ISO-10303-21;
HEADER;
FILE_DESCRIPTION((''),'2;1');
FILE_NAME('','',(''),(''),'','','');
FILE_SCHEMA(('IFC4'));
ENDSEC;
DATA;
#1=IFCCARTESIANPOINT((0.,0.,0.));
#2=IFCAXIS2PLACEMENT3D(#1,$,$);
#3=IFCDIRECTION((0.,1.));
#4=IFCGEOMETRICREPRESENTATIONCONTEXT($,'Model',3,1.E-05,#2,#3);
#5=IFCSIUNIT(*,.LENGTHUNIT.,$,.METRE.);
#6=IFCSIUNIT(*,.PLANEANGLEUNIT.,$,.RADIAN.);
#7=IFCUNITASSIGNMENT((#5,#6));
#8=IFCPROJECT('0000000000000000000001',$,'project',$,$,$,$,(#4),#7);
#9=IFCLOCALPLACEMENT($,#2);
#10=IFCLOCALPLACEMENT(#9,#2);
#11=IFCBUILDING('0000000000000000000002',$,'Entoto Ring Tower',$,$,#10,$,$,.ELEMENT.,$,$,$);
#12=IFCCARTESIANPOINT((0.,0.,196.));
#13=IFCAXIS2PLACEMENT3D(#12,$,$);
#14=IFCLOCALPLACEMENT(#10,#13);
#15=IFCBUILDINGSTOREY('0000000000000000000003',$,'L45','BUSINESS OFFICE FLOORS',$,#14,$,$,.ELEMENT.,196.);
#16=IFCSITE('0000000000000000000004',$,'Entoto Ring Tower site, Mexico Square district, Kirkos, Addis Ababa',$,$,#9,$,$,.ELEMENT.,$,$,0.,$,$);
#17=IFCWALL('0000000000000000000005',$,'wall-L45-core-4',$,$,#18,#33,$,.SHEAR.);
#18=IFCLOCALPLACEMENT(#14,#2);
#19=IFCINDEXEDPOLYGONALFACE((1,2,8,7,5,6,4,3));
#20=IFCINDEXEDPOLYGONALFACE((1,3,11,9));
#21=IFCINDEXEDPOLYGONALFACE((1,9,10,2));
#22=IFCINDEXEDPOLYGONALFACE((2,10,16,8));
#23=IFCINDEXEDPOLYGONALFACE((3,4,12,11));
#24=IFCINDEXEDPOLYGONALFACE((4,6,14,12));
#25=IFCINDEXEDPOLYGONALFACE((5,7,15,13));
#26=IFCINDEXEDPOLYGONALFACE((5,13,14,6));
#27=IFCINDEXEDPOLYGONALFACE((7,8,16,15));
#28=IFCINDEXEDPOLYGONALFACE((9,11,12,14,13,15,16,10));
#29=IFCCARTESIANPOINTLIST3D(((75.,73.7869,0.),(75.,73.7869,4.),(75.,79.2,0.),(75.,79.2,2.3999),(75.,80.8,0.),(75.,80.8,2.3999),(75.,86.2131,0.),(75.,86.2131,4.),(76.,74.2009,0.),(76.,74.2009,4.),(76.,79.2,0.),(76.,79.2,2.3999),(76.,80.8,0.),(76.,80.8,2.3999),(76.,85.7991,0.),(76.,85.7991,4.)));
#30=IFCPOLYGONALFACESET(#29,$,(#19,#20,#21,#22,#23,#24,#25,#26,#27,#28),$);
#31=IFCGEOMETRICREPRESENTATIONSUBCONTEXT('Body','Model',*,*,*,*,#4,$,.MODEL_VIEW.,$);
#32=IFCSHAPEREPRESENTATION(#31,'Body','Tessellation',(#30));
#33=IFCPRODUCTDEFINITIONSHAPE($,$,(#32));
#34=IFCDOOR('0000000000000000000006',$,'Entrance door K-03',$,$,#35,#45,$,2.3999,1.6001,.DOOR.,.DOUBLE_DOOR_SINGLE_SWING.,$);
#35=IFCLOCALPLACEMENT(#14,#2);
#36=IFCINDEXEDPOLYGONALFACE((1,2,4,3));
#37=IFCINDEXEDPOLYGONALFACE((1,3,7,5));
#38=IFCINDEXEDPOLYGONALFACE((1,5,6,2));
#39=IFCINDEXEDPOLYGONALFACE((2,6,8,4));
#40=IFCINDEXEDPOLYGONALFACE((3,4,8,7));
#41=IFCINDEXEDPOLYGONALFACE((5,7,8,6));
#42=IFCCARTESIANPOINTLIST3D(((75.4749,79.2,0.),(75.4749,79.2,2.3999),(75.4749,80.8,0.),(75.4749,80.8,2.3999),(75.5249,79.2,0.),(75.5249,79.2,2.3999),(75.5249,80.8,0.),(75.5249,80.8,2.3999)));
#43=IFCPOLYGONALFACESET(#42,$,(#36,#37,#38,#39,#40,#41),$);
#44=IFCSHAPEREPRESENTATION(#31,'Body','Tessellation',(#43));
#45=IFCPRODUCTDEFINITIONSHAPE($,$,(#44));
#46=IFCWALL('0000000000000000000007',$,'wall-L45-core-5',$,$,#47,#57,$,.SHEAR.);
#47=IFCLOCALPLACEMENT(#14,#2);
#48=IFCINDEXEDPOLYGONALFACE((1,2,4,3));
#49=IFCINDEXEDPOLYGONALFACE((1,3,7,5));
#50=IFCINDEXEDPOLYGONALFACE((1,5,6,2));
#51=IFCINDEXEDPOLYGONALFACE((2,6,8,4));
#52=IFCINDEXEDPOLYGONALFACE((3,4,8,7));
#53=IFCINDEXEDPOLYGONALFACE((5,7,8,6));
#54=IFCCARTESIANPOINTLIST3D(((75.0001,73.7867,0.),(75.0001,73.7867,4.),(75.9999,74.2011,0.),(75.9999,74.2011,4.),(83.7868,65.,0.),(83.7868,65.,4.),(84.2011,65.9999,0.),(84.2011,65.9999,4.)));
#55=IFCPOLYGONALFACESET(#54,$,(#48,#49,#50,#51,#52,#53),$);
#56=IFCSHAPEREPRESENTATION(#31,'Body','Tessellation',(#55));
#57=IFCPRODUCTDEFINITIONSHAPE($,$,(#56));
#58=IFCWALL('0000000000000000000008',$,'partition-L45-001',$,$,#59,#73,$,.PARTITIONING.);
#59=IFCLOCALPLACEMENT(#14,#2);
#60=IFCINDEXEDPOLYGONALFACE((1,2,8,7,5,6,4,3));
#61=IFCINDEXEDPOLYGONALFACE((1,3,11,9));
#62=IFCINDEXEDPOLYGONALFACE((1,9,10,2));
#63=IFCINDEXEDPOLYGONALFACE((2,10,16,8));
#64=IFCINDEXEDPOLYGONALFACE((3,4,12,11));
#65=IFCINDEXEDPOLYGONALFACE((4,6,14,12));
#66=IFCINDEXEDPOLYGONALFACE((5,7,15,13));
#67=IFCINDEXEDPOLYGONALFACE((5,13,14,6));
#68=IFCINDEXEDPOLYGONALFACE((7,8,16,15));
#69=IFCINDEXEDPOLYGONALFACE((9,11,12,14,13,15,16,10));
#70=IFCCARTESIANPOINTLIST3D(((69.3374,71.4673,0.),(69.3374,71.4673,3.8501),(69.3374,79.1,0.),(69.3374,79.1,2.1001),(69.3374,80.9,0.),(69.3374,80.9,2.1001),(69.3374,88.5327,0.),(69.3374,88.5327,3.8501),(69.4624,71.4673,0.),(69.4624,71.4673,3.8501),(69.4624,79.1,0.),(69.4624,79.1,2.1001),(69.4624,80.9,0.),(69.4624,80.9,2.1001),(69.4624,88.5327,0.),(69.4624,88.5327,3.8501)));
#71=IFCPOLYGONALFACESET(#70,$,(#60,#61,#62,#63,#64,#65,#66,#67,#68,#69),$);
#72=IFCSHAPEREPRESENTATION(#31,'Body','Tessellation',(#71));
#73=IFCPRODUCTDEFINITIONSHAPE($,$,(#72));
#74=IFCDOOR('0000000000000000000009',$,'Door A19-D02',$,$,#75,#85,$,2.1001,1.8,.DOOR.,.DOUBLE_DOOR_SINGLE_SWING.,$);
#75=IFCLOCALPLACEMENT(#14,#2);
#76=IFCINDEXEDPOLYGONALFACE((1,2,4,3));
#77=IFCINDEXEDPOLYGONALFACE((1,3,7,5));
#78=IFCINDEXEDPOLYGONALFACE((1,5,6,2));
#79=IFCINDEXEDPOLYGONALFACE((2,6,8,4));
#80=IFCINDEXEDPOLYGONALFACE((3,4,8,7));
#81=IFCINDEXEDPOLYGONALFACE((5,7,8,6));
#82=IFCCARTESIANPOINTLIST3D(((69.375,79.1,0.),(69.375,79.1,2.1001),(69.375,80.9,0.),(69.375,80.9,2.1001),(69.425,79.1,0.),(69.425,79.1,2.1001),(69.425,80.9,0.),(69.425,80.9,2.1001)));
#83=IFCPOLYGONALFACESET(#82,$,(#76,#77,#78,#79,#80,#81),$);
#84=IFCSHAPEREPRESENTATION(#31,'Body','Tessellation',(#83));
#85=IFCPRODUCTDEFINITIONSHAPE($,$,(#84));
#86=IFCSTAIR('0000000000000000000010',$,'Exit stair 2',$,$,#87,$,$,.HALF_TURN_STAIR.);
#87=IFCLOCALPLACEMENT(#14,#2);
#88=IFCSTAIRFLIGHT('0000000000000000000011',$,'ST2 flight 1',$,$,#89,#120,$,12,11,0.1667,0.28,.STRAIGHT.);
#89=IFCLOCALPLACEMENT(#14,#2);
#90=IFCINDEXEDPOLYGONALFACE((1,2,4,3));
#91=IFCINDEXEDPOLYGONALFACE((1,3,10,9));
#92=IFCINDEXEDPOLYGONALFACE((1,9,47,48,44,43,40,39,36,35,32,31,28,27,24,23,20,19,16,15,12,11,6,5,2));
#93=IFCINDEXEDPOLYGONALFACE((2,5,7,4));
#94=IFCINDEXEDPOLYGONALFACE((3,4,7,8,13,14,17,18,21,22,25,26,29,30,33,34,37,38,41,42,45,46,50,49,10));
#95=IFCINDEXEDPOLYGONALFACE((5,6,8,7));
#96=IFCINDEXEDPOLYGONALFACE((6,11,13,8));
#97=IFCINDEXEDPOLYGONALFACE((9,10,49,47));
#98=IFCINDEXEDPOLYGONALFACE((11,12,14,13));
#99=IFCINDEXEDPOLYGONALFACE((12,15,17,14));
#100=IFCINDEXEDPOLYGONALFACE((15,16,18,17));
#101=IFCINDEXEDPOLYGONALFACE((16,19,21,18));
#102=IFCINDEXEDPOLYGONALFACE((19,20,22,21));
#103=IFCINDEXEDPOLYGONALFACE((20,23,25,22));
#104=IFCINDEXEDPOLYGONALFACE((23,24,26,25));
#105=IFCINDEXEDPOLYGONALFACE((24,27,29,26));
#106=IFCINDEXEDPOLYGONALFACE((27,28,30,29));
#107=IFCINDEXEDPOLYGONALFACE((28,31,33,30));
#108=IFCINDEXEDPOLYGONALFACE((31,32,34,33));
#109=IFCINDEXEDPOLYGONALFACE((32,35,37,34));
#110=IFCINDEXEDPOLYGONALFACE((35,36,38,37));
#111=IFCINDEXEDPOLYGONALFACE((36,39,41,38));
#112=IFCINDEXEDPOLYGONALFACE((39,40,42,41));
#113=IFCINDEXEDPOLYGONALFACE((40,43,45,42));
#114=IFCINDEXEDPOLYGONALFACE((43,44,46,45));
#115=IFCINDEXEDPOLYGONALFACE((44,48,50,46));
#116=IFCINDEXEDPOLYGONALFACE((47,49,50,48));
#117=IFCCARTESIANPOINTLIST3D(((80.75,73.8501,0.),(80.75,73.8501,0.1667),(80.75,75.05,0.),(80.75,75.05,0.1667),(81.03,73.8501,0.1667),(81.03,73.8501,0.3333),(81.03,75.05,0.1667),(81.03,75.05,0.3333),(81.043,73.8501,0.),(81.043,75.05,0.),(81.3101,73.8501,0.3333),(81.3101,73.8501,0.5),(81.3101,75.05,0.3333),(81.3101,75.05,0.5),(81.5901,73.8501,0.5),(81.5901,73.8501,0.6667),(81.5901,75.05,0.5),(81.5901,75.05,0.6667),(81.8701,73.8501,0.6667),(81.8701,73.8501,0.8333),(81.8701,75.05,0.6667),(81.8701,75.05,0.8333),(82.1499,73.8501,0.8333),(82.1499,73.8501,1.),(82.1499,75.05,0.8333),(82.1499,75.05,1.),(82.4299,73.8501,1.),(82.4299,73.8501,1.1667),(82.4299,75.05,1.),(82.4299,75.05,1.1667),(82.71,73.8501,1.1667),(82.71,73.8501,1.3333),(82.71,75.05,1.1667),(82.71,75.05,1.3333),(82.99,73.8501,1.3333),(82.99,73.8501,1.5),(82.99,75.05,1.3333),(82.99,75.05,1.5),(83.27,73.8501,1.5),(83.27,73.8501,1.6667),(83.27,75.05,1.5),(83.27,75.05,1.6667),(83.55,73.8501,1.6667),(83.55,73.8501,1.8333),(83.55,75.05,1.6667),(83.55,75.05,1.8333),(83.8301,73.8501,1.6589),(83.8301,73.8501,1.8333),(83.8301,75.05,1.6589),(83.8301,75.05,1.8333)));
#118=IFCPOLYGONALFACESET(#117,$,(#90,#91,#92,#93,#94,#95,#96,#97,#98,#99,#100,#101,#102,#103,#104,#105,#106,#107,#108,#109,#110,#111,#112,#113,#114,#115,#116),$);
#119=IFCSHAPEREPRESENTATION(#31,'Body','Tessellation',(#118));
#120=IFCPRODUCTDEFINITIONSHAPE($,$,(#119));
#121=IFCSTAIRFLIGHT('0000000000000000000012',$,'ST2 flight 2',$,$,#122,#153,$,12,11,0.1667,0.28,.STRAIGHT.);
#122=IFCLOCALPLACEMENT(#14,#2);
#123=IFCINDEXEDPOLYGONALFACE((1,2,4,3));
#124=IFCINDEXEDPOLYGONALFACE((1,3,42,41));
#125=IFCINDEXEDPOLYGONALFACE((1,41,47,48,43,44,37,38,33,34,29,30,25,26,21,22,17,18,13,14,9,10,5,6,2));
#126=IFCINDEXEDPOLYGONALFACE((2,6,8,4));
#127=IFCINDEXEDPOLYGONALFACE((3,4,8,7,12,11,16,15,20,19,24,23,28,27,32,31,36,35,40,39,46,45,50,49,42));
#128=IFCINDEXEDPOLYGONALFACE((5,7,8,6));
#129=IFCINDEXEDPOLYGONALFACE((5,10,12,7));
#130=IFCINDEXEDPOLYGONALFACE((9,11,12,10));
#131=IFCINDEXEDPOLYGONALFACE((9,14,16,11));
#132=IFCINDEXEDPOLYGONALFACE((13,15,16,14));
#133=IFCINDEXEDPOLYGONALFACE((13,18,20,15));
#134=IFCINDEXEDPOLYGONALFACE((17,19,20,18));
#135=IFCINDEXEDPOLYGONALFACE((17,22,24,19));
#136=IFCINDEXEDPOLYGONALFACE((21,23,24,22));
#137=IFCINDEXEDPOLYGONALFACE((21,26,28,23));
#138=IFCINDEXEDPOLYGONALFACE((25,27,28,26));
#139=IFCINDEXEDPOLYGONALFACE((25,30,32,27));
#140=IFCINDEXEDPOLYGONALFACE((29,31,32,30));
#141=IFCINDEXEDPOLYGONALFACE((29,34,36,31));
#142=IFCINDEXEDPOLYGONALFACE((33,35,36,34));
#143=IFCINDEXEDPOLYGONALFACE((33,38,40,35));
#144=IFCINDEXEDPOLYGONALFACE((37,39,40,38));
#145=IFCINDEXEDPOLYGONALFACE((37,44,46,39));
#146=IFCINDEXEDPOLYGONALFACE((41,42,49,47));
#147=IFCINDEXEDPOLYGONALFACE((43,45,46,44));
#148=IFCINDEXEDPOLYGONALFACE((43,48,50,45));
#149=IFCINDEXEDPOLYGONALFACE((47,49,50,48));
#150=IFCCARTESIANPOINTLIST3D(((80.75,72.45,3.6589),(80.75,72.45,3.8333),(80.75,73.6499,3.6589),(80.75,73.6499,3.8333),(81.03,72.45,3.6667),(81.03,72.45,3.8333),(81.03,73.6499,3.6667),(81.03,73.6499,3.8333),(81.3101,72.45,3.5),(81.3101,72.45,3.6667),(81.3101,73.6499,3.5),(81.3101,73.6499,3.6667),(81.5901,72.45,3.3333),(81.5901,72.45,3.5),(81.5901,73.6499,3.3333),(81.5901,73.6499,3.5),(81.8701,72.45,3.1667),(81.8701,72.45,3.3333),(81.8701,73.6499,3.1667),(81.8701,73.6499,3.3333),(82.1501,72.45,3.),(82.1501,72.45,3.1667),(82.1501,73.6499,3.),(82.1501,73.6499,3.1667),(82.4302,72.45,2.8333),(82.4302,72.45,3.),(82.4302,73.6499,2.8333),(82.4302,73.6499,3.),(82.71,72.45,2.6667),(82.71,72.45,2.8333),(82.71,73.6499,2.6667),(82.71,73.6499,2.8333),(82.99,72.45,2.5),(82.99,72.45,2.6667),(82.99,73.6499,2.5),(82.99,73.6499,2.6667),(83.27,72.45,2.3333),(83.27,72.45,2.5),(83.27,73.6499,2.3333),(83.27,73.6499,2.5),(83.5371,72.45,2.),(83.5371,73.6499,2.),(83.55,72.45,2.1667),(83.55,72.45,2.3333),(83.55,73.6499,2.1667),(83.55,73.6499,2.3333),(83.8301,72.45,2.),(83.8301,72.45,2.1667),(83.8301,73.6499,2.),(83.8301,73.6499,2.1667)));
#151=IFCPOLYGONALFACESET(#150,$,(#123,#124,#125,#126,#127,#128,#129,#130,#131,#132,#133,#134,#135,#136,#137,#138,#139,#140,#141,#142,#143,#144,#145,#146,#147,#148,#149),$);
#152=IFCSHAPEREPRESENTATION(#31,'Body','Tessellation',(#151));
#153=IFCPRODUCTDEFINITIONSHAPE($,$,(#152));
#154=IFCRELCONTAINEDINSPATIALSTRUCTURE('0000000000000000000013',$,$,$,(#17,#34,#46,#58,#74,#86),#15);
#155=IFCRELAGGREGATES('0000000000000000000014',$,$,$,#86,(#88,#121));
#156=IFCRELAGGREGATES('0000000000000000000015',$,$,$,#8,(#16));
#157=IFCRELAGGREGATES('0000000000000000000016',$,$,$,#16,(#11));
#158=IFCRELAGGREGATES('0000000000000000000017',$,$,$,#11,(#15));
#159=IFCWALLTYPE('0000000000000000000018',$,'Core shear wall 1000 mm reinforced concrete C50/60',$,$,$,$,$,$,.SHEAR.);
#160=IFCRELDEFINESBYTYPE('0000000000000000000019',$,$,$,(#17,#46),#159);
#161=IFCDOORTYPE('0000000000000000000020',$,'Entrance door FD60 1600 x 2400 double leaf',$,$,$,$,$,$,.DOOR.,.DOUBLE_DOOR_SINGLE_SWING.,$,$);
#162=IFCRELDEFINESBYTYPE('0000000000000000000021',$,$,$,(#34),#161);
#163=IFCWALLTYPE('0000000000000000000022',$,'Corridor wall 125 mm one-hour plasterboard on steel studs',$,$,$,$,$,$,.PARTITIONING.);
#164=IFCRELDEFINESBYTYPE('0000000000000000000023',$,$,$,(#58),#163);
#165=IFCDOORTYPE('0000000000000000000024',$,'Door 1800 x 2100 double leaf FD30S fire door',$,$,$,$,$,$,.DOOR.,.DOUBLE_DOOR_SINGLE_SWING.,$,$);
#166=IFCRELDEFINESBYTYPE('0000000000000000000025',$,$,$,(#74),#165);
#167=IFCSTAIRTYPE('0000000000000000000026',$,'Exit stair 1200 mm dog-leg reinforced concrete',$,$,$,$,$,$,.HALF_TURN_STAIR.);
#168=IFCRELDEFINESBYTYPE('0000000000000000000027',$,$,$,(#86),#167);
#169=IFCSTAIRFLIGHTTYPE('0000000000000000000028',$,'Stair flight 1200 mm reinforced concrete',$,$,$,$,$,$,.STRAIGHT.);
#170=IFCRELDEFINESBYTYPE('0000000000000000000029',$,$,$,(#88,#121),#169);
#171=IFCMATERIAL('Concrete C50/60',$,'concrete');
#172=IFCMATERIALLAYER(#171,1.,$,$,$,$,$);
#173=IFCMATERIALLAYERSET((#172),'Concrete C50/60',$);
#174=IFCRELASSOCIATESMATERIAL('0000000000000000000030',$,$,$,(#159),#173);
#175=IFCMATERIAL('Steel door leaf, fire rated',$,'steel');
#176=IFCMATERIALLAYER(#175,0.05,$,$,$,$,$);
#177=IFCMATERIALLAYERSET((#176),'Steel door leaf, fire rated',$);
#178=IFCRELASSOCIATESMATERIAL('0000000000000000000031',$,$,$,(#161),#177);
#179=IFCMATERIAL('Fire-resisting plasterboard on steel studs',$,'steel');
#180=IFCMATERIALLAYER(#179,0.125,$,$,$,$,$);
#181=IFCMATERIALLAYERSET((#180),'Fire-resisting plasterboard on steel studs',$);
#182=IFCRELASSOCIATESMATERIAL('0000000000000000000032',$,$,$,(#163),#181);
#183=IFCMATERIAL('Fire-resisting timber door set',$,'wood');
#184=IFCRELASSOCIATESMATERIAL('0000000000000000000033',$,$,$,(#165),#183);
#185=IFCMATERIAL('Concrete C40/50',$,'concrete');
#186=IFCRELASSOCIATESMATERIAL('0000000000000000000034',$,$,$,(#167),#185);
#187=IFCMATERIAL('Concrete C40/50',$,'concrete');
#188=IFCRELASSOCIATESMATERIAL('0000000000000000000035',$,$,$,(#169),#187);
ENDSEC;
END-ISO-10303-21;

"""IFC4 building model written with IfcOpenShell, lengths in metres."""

from ifc_helpers import new_model, si_unit, direction, frame, frame_2d, origin, place, context, subcontext, project, spatial, polyline, rectangle, outline, extrude, material, layer, layer_set, type_object, element, fill, aggregate, save


model = new_model("IFC4")

# Units and contexts
model_context = context("Model", 3, precision=1e-05, world=origin(), true_north=direction((0.0, 1.0)))
body_context = subcontext(model_context, "Body", "Model", "MODEL_VIEW")
ifc_project = project(units=[si_unit("LENGTHUNIT", "METRE"), si_unit("PLANEANGLEUNIT", "RADIAN")], contexts=[model_context])

# Site, building, storey
site_placement = place(None, origin())
site = spatial("IfcSite", under=ifc_project, at=site_placement, Name="Entoto Ring Tower site, Mexico Square district, Kirkos, Addis Ababa", CompositionType="ELEMENT", RefElevation=0.0)
building_placement = place(site_placement, origin())
building = spatial("IfcBuilding", under=site, at=building_placement, Name="Entoto Ring Tower", CompositionType="ELEMENT")
storey_placement = place(building_placement, frame((0.0, 0.0, 196.0)))
storey = spatial("IfcBuildingStorey", under=building, at=storey_placement, Name="L45", Description="BUSINESS OFFICE FLOORS", CompositionType="ELEMENT", Elevation=196.0)

# Wall, opening, door
ifc_material_1 = material(Name="Concrete C50/60", Category="concrete")
ifc_layer_1 = layer(ifc_material_1, 1.0)
ifc_layer_set_1 = layer_set([ifc_layer_1], Name="Concrete C50/60")
wall_type_1 = type_object("IfcWallType", Name="Core shear wall 1000 mm reinforced concrete C50/60", PredefinedType="SHEAR", material=ifc_layer_set_1)
wall_1_placement = place(storey_placement, frame((75.5, 86.0061, 0.0), z_axis=(0.0, 0.0, 1.0), x_axis=(0.0, -1.0, 0.0)))
wall_1 = element("IfcWall", 1, at=wall_1_placement, inside=storey, type_object=wall_type_1, Name="wall-L45-core-4", PredefinedType="SHEAR", context=body_context, shape_type="SweptSolid", body=[
    extrude(outline(polyline([(-0.207, -0.5), (12.2192, -0.5), (11.8052, 0.5), (0.207, 0.5), (-0.207, -0.5)])), origin(), (0.0, 0.0, 1.0), 4.0),
])
opening_1_placement = place(wall_1_placement, frame((5.2061, 0.0, 0.0)))
opening_1 = element("IfcOpeningElement", 2, at=opening_1_placement, cuts=wall_1, PredefinedType="OPENING", context=body_context, shape_type="SweptSolid", body=[
    extrude(rectangle(XDim=1.6001, YDim=2.3999, at=frame_2d((0.8, 1.2))), frame((0.0, 0.51, 0.0), z_axis=(0.0, -1.0, 0.0), x_axis=(1.0, 0.0, 0.0)), (0.0, 0.0, 1.0), 1.02),
])
ifc_material_2 = material(Name="Steel door leaf, fire rated", Category="steel")
ifc_layer_2 = layer(ifc_material_2, 0.05)
ifc_layer_set_2 = layer_set([ifc_layer_2], Name="Steel door leaf, fire rated")
door_type_1 = type_object("IfcDoorType", Name="Entrance door FD60 1600 x 2400 double leaf", OperationType="DOUBLE_DOOR_SINGLE_SWING", PredefinedType="DOOR", material=ifc_layer_set_2)
door_1_placement = place(opening_1_placement, origin())
door_1 = element("IfcDoor", 3, at=door_1_placement, inside=storey, type_object=door_type_1, Name="Entrance door K-03", OperationType="DOUBLE_DOOR_SINGLE_SWING", OverallHeight=2.3999, OverallWidth=1.6001, PredefinedType="DOOR", context=body_context, shape_type="SweptSolid", body=[
    extrude(rectangle(XDim=1.6001, YDim=2.3999, at=frame_2d((0.8, 1.2))), frame((0.0, 0.0249, 0.0), z_axis=(0.0, -1.0, 0.0), x_axis=(1.0, 0.0, 0.0)), (0.0, 0.0, 1.0), 0.05),
])
fill(opening_1, door_1)

# Wall
wall_2_placement = place(storey_placement, frame((75.5, 73.9939, 0.0), z_axis=(0.0, 0.0, 1.0), x_axis=(0.707107, -0.707107, 0.0)))
element("IfcWall", 4, at=wall_2_placement, inside=storey, type_object=wall_type_1, Name="wall-L45-core-5", PredefinedType="SHEAR", context=body_context, shape_type="SweptSolid", body=[
    extrude(outline(polyline([(-0.207, -0.5), (12.2192, -0.5), (11.8052, 0.5), (0.207, 0.5), (-0.207, -0.5)])), origin(), (0.0, 0.0, 1.0), 4.0),
])

# Wall, opening, door
ifc_material_3 = material(Name="Fire-resisting plasterboard on steel studs", Category="steel")
ifc_layer_3 = layer(ifc_material_3, 0.125)
ifc_layer_set_3 = layer_set([ifc_layer_3], Name="Fire-resisting plasterboard on steel studs")
wall_type_2 = type_object("IfcWallType", Name="Corridor wall 125 mm one-hour plasterboard on steel studs", PredefinedType="PARTITIONING", material=ifc_layer_set_3)
wall_3_placement = place(storey_placement, frame((69.3999, 71.4673, 0.0), z_axis=(0.0, 0.0, 1.0), x_axis=(0.0, 1.0, 0.0)))
wall_3 = element("IfcWall", 5, at=wall_3_placement, inside=storey, type_object=wall_type_2, Name="partition-L45-001", PredefinedType="PARTITIONING", context=body_context, shape_type="SweptSolid", body=[
    extrude(rectangle(XDim=17.0654, YDim=0.125, at=frame_2d((8.5327, 0.0))), origin(), (0.0, 0.0, 1.0), 3.8501),
])
opening_2_placement = place(wall_3_placement, frame((7.6328, 0.0, 0.0)))
opening_2 = element("IfcOpeningElement", 6, at=opening_2_placement, cuts=wall_3, PredefinedType="OPENING", context=body_context, shape_type="SweptSolid", body=[
    extrude(rectangle(XDim=1.8, YDim=2.1001, at=frame_2d((0.8999, 1.05))), frame((0.0, 0.0725, 0.0), z_axis=(0.0, -1.0, 0.0), x_axis=(1.0, 0.0, 0.0)), (0.0, 0.0, 1.0), 0.145),
])
ifc_material_4 = material(Name="Fire-resisting timber door set", Category="wood")
door_type_2 = type_object("IfcDoorType", Name="Door 1800 x 2100 double leaf FD30S fire door", OperationType="DOUBLE_DOOR_SINGLE_SWING", PredefinedType="DOOR", material=ifc_material_4)
door_2_placement = place(opening_2_placement, origin())
door_2 = element("IfcDoor", 7, at=door_2_placement, inside=storey, type_object=door_type_2, Name="Door A19-D02", OperationType="DOUBLE_DOOR_SINGLE_SWING", OverallHeight=2.1001, OverallWidth=1.8, PredefinedType="DOOR", context=body_context, shape_type="SweptSolid", body=[
    extrude(rectangle(XDim=1.8, YDim=2.1001, at=frame_2d((0.8999, 1.05))), frame((0.0, 0.0249, 0.0), z_axis=(0.0, -1.0, 0.0), x_axis=(1.0, 0.0, 0.0)), (0.0, 0.0, 1.0), 0.05),
])
fill(opening_2, door_2)

# Stair, stair flights
ifc_material_5 = material(Name="Concrete C40/50", Category="concrete")
stair_type = type_object("IfcStairType", Name="Exit stair 1200 mm dog-leg reinforced concrete", PredefinedType="HALF_TURN_STAIR", material=ifc_material_5)
stair_placement = place(storey_placement, origin())
stair = element("IfcStair", 8, at=stair_placement, inside=storey, type_object=stair_type, Name="Exit stair 2", PredefinedType="HALF_TURN_STAIR")
ifc_material_6 = material(Name="Concrete C40/50", Category="concrete")
stair_flight_type = type_object("IfcStairFlightType", Name="Stair flight 1200 mm reinforced concrete", PredefinedType="STRAIGHT", material=ifc_material_6)
stair_flight_1_placement = place(storey_placement, frame((80.75, 74.45, 0.0), z_axis=(0.0, 0.0, 1.0), x_axis=(1.0, 0.0, 0.0)))
stair_flight_1 = element("IfcStairFlight", 9, at=stair_flight_1_placement, type_object=stair_flight_type, Name="ST2 flight 1", NumberOfRisers=12, NumberOfTreads=11, PredefinedType="STRAIGHT", RiserHeight=0.1667, TreadLength=0.28, context=body_context, shape_type="SweptSolid", body=[
    extrude(outline(polyline([(0.0, 0.0), (0.0, 0.1667), (0.28, 0.1667), (0.28, 0.3333), (0.5601, 0.3333), (0.5601, 0.5), (0.8401, 0.5), (0.8401, 0.6667), (1.1201, 0.6667), (1.1201, 0.8333), (1.3999, 0.8333), (1.3999, 1.0), (1.6799, 1.0), (1.6799, 1.1667), (1.96, 1.1667), (1.96, 1.3333), (2.24, 1.3333), (2.24, 1.5), (2.52, 1.5), (2.52, 1.6667), (2.8, 1.6667), (2.8, 1.8333), (3.0801, 1.8333), (3.0801, 2.0), (3.0801, 1.6589), (0.293, 0.0), (0.0, 0.0)])), frame((0.0, 0.6001, 0.0), z_axis=(0.0, -1.0, 0.0), x_axis=(1.0, 0.0, 0.0)), (0.0, 0.0, 1.0), 1.2),
])
stair_flight_2_placement = place(storey_placement, frame((83.8301, 73.05, 2.0), z_axis=(0.0, 0.0, 1.0), x_axis=(-1.0, 0.0, 0.0)))
stair_flight_2 = element("IfcStairFlight", 10, at=stair_flight_2_placement, type_object=stair_flight_type, Name="ST2 flight 2", NumberOfRisers=12, NumberOfTreads=11, PredefinedType="STRAIGHT", RiserHeight=0.1667, TreadLength=0.28, context=body_context, shape_type="SweptSolid", body=[
    extrude(outline(polyline([(0.0, 0.0), (0.0, 0.1667), (0.28, 0.1667), (0.28, 0.3333), (0.5601, 0.3333), (0.5601, 0.5), (0.8401, 0.5), (0.8401, 0.6667), (1.1201, 0.6667), (1.1201, 0.8333), (1.3999, 0.8333), (1.3999, 1.0), (1.6799, 1.0), (1.6799, 1.1667), (1.96, 1.1667), (1.96, 1.3333), (2.24, 1.3333), (2.24, 1.5), (2.52, 1.5), (2.52, 1.6667), (2.8, 1.6667), (2.8, 1.8333), (3.0801, 1.8333), (3.0801, 2.0), (3.0801, 1.6589), (0.293, 0.0), (0.0, 0.0)])), frame((0.0, 0.6001, 0.0), z_axis=(0.0, -1.0, 0.0), x_axis=(1.0, 0.0, 0.0)), (0.0, 0.0, 1.0), 1.2),
])
aggregate(stair, [stair_flight_1, stair_flight_2])

save(model, "model.ifc")
